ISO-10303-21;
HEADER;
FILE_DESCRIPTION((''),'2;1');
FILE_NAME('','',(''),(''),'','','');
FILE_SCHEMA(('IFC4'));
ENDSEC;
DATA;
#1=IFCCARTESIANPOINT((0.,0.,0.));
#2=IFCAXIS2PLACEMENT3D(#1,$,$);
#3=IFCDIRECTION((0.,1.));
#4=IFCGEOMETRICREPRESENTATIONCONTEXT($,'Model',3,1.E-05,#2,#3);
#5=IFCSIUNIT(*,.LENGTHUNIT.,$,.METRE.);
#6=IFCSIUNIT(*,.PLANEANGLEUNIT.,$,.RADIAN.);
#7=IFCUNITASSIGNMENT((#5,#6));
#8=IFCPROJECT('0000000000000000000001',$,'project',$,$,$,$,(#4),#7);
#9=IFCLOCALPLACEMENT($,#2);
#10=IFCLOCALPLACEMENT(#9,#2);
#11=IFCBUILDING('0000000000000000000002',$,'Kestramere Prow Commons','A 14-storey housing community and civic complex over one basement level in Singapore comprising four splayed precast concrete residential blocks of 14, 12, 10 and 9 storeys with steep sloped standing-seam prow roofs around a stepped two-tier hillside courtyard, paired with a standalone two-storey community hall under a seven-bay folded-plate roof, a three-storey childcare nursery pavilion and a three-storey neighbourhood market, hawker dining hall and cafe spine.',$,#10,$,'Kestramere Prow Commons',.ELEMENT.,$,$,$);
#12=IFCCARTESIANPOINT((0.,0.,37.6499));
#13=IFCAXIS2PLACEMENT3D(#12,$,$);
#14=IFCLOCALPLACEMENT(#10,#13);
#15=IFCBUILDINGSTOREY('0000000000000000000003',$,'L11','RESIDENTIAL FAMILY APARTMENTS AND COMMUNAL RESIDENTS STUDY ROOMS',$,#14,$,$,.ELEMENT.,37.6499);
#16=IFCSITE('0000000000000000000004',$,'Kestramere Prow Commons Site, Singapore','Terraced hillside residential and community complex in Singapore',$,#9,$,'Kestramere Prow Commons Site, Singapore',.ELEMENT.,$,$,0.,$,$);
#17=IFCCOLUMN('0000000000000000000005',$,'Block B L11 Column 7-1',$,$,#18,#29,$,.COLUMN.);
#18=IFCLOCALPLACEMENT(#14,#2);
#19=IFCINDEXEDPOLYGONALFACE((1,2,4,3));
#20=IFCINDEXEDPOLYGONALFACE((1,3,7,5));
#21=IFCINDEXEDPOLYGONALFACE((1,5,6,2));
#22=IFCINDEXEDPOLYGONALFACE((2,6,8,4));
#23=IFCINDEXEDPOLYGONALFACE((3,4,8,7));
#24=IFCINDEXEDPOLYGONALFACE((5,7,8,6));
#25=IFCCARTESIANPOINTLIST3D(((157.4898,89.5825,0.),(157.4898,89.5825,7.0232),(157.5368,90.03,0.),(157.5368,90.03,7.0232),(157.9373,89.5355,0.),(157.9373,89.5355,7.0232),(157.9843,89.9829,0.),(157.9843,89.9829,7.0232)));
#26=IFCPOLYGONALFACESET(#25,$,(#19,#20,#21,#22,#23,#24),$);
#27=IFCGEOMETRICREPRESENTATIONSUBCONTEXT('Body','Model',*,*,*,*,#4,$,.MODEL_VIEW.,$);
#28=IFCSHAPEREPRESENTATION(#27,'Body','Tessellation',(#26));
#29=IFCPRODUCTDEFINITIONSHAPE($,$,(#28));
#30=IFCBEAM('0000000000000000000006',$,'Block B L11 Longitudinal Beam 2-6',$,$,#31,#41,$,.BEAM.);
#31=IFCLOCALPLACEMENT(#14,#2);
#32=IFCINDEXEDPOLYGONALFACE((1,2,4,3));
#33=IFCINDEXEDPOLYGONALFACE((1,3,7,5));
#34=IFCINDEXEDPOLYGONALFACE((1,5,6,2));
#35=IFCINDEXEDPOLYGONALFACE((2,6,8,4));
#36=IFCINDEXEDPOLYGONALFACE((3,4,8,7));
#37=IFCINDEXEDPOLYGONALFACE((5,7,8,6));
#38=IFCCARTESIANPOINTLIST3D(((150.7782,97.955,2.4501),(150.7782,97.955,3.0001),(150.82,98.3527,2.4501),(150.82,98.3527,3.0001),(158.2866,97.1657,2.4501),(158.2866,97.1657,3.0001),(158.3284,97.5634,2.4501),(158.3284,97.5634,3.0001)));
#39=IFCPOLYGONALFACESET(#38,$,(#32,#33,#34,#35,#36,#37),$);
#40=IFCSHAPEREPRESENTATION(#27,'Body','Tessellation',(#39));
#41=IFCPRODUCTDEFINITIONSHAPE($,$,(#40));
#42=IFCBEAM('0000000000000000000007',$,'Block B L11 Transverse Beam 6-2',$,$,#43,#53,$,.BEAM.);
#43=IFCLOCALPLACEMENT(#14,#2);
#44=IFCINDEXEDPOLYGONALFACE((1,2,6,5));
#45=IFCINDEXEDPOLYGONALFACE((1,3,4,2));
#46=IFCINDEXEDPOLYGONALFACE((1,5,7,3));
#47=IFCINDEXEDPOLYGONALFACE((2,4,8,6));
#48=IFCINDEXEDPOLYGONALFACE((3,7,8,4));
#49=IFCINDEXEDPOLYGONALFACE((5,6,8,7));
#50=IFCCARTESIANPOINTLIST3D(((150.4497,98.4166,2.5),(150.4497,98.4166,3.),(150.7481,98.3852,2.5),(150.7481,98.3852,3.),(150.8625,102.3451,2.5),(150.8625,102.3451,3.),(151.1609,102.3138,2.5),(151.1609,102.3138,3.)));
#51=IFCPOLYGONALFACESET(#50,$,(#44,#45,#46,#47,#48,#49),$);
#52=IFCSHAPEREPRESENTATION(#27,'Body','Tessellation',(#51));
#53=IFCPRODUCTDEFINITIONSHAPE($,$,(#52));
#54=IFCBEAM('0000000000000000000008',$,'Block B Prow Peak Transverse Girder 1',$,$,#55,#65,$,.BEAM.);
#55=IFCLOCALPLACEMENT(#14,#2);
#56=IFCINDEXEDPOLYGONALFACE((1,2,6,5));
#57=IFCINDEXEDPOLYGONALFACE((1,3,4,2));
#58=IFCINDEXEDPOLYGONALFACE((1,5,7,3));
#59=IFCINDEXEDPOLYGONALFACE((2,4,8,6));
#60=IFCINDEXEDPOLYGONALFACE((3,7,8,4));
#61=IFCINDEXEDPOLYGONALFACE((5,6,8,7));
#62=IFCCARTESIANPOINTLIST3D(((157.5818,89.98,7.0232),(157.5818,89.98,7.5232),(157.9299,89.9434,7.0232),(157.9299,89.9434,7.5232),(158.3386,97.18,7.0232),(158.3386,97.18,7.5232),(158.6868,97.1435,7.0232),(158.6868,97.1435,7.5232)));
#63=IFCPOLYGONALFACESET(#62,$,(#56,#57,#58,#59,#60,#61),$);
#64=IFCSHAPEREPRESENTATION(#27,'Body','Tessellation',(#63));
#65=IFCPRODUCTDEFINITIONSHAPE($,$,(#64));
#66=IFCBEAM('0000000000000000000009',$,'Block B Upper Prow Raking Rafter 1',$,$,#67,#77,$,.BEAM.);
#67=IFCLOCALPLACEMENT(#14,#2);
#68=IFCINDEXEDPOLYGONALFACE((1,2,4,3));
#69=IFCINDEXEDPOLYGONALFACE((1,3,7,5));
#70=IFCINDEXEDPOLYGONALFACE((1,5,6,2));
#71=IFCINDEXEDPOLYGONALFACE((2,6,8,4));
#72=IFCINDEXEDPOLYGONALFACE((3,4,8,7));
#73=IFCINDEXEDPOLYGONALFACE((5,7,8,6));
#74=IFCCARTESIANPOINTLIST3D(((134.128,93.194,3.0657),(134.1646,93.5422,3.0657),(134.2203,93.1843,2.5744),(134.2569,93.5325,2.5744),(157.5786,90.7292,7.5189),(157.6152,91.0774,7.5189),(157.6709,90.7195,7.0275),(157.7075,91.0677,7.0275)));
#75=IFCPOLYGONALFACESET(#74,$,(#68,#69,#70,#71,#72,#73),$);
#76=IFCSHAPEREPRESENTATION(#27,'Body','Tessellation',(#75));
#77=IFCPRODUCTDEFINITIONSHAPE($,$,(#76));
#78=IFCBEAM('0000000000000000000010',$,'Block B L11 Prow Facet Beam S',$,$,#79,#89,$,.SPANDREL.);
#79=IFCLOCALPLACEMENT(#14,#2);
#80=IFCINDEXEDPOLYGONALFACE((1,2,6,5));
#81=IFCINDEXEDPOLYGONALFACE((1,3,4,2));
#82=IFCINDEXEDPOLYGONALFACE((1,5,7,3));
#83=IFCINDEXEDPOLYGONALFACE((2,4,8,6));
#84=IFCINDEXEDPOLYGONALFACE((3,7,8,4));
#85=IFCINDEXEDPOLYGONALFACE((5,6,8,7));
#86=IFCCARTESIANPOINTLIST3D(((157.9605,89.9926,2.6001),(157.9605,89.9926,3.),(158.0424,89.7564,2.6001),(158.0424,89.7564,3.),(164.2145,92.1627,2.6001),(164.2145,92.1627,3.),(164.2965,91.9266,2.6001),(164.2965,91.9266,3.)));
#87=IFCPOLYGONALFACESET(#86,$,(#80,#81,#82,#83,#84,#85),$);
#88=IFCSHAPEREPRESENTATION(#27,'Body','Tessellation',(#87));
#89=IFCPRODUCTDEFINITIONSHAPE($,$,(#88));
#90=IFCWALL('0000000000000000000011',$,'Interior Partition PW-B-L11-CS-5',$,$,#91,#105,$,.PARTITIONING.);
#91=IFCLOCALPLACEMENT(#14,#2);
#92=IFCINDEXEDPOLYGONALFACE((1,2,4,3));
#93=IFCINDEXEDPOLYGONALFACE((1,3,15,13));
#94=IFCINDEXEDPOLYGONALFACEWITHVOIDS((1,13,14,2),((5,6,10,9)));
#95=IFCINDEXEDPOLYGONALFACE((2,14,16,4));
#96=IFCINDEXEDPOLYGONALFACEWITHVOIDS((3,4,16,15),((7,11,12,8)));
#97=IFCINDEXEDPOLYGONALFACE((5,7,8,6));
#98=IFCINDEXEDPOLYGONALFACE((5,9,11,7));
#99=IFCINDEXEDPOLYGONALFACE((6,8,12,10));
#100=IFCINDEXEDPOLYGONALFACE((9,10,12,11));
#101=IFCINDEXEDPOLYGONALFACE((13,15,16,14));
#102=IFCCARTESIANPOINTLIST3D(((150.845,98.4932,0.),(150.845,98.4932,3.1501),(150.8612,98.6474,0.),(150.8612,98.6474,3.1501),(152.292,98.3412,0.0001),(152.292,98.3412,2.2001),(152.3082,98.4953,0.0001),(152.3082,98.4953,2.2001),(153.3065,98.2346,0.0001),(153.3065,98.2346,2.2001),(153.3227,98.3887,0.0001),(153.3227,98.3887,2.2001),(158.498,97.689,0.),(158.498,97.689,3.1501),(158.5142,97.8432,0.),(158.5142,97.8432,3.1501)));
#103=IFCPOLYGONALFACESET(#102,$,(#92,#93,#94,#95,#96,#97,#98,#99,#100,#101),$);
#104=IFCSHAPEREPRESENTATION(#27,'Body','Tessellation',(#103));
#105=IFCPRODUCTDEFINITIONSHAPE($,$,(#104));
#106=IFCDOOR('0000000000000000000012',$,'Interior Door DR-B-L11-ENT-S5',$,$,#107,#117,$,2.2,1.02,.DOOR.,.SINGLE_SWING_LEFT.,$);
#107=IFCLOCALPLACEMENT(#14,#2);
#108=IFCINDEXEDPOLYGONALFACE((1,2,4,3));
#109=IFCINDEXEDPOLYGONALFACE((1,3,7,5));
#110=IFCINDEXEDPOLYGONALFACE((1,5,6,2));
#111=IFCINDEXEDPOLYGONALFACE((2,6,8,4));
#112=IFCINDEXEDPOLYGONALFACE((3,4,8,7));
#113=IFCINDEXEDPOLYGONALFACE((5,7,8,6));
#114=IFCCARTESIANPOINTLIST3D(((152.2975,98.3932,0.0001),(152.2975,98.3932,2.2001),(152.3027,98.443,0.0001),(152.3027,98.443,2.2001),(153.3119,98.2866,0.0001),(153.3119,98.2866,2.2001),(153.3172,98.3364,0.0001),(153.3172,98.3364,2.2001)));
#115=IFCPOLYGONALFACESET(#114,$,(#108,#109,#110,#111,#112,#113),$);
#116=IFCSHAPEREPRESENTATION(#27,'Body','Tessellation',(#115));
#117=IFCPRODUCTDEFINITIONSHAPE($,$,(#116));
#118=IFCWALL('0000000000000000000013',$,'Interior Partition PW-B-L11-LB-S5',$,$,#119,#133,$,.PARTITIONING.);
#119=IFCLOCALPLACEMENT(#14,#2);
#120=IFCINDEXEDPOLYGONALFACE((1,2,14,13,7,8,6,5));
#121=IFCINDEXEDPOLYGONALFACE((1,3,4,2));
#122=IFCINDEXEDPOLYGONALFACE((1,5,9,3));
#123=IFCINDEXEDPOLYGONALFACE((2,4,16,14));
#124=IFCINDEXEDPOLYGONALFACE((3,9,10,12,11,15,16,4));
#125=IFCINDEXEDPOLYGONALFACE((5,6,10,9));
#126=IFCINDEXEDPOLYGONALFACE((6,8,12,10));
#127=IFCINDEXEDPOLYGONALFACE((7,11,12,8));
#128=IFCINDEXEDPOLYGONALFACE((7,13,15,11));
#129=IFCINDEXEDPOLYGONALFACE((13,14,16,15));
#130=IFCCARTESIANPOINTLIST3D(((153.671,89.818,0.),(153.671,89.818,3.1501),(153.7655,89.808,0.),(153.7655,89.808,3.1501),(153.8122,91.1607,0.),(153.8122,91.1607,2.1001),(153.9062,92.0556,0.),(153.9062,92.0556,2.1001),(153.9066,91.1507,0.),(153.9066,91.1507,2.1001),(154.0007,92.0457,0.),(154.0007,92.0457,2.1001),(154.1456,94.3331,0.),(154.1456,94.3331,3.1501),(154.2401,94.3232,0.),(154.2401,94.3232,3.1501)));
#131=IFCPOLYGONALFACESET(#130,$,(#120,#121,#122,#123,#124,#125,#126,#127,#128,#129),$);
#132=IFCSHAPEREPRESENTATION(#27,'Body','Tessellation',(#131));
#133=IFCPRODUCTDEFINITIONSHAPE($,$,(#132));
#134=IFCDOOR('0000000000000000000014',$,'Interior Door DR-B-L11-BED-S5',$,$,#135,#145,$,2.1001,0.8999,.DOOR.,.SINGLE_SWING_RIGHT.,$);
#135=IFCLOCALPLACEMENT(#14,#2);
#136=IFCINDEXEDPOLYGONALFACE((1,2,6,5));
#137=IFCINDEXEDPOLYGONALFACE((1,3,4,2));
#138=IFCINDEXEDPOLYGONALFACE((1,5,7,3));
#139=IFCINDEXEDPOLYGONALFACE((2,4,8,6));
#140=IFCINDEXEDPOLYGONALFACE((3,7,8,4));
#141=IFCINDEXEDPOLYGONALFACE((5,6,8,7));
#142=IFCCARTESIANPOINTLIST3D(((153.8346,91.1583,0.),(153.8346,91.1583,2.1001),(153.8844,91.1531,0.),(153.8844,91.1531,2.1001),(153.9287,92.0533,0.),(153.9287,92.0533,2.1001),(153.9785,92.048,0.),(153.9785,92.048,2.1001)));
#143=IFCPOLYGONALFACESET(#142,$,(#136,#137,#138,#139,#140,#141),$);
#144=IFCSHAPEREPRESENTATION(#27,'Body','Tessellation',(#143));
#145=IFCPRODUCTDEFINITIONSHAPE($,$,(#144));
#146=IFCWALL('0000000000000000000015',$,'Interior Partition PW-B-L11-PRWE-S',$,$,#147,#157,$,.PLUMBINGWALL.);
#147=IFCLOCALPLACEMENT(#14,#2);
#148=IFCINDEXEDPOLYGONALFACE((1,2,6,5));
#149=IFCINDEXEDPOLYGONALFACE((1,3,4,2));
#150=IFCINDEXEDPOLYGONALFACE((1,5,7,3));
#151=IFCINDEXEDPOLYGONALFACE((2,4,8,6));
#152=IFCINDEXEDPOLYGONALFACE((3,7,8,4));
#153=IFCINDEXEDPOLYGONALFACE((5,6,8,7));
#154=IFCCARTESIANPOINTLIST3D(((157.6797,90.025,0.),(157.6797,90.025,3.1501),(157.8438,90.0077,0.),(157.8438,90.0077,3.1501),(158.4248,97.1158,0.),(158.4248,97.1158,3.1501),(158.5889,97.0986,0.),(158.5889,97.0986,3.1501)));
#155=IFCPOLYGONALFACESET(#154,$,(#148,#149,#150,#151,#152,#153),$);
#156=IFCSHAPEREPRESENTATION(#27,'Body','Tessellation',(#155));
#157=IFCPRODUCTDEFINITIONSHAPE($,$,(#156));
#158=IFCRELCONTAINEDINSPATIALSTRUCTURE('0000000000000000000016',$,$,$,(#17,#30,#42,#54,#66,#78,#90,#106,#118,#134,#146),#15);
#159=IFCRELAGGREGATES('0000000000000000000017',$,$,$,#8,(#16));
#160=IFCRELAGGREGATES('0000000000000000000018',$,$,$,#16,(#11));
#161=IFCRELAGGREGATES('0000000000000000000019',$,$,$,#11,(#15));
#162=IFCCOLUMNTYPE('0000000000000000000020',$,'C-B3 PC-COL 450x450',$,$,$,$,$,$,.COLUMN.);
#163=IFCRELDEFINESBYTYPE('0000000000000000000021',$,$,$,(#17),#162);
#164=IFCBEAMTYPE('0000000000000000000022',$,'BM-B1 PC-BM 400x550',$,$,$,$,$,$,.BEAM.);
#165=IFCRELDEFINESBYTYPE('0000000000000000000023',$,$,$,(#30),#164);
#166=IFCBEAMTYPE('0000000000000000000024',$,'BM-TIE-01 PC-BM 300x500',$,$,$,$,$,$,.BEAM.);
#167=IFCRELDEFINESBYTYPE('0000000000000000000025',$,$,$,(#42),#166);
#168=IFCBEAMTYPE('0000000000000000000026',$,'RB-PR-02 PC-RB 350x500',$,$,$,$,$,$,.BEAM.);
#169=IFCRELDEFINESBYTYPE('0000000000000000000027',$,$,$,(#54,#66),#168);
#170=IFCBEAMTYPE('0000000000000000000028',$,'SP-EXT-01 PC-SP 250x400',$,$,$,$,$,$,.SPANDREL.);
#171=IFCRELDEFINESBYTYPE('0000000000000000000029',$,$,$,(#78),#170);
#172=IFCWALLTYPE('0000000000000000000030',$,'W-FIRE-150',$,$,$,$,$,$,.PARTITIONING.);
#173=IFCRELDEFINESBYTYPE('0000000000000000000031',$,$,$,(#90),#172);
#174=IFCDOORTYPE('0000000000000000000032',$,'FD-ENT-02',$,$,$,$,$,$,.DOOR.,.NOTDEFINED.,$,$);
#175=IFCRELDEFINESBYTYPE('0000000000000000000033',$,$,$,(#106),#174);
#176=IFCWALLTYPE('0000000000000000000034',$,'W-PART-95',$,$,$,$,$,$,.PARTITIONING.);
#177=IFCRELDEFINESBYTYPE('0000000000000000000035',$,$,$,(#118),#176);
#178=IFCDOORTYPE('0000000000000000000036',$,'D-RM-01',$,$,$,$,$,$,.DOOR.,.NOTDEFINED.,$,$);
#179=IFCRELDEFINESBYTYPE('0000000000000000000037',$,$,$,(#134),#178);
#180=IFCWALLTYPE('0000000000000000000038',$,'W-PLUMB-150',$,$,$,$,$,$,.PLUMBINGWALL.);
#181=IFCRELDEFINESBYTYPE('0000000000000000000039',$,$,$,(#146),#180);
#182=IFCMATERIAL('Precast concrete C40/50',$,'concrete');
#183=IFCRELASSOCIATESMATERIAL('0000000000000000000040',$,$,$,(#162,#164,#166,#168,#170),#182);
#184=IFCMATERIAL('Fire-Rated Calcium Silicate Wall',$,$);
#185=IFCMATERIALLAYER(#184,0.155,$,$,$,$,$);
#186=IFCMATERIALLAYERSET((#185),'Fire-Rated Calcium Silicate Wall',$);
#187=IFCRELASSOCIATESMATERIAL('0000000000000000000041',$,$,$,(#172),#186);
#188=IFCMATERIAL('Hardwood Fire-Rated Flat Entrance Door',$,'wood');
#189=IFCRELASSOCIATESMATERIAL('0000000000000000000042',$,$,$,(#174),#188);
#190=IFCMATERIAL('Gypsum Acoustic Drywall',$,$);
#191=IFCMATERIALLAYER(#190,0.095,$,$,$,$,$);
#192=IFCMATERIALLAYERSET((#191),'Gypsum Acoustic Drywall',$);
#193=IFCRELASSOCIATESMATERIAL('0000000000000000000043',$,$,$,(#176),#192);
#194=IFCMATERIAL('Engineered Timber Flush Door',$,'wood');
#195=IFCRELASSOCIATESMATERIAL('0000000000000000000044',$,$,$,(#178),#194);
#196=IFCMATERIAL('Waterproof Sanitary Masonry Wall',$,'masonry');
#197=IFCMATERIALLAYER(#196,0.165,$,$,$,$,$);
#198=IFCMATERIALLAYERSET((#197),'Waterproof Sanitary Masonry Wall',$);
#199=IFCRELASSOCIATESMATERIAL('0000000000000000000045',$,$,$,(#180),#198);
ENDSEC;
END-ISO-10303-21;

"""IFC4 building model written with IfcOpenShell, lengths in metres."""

from ifc_helpers import new_model, si_unit, direction, frame, frame_2d, origin, origin_2d, place, context, subcontext, project, spatial, rectangle, extrude, material, layer, layer_set, material_profile, profile_set, type_object, element, fill, save


model = new_model("IFC4")

# Units and contexts
model_context = context("Model", 3, precision=1e-05, world=origin(), true_north=direction((0.0, 1.0)))
body_context = subcontext(model_context, "Body", "Model", "MODEL_VIEW")
ifc_project = project(units=[si_unit("LENGTHUNIT", "METRE"), si_unit("PLANEANGLEUNIT", "RADIAN")], contexts=[model_context])

# Site, building, storey
site_placement = place(None, origin())
site = spatial("IfcSite", under=ifc_project, at=site_placement, Name="Kestramere Prow Commons Site, Singapore", Description="Terraced hillside residential and community complex in Singapore", LongName="Kestramere Prow Commons Site, Singapore", CompositionType="ELEMENT", RefElevation=0.0)
building_placement = place(site_placement, origin())
building = spatial("IfcBuilding", under=site, at=building_placement, Name="Kestramere Prow Commons", Description="A 14-storey housing community and civic complex over one basement level in Singapore comprising four splayed precast concrete residential blocks of 14, 12, 10 and 9 storeys with steep sloped standing-seam prow roofs around a stepped two-tier hillside courtyard, paired with a standalone two-storey community hall under a seven-bay folded-plate roof, a three-storey childcare nursery pavilion and a three-storey neighbourhood market, hawker dining hall and cafe spine.", LongName="Kestramere Prow Commons", CompositionType="ELEMENT")
storey_placement = place(building_placement, frame((0.0, 0.0, 37.6499)))
storey = spatial("IfcBuildingStorey", under=building, at=storey_placement, Name="L11", Description="RESIDENTIAL FAMILY APARTMENTS AND COMMUNAL RESIDENTS STUDY ROOMS", CompositionType="ELEMENT", Elevation=37.6499)

# Column
ifc_material_1 = material(Name="Precast concrete C40/50", Category="concrete")
ifc_material_profile_1 = material_profile(ifc_material_1, rectangle(XDim=0.45, YDim=0.45, at=origin_2d()), Name="PC-COL 450x450")
ifc_profile_set_1 = profile_set([ifc_material_profile_1], Name="Precast concrete C40/50")
column_type = type_object("IfcColumnType", Name="C-B3 PC-COL 450x450", PredefinedType="COLUMN", material=ifc_profile_set_1)
column_placement = place(storey_placement, frame((157.7371, 89.7827, 0.0), z_axis=(0.0, 0.0, 1.0), x_axis=(0.994522, -0.104528, 0.0)))
element("IfcColumn", 1, at=column_placement, inside=storey, type_object=column_type, Name="Block B L11 Column 7-1", PredefinedType="COLUMN", context=body_context, shape_type="SweptSolid", body=[
    extrude(rectangle(XDim=0.45, YDim=0.45, at=origin_2d()), origin(), (0.0, 0.0, 1.0), 7.0232),
])

# Beams
ifc_material_profile_2 = material_profile(ifc_material_1, rectangle(XDim=0.3999, YDim=0.55, at=origin_2d()), Name="PC-BM 400x550")
ifc_profile_set_2 = profile_set([ifc_material_profile_2], Name="Precast concrete C40/50")
beam_type_1 = type_object("IfcBeamType", Name="BM-B1 PC-BM 400x550", PredefinedType="BEAM", material=ifc_profile_set_2)
beam_1_placement = place(storey_placement, frame((150.7991, 98.1538, 2.7251), z_axis=(0.99452, -0.104545, 0.0), x_axis=(0.104545, 0.99452, 0.0)))
element("IfcBeam", 2, at=beam_1_placement, inside=storey, type_object=beam_type_1, Name="Block B L11 Longitudinal Beam 2-6", PredefinedType="BEAM", context=body_context, shape_type="SweptSolid", body=[
    extrude(rectangle(XDim=0.3999, YDim=0.55, at=origin_2d()), origin(), (0.0, 0.0, 1.0), 7.5498),
])
ifc_material_profile_3 = material_profile(ifc_material_1, rectangle(XDim=0.3, YDim=0.5, at=origin_2d()), Name="PC-BM 300x500")
ifc_profile_set_3 = profile_set([ifc_material_profile_3], Name="Precast concrete C40/50")
beam_type_2 = type_object("IfcBeamType", Name="BM-TIE-01 PC-BM 300x500", PredefinedType="BEAM", material=ifc_profile_set_3)
beam_2_placement = place(storey_placement, frame((150.5989, 98.4009, 2.75), z_axis=(0.104514, 0.994523, 0.0), x_axis=(-0.994523, 0.104514, 0.0)))
element("IfcBeam", 3, at=beam_2_placement, inside=storey, type_object=beam_type_2, Name="Block B L11 Transverse Beam 6-2", PredefinedType="BEAM", context=body_context, shape_type="SweptSolid", body=[
    extrude(rectangle(XDim=0.3, YDim=0.5, at=origin_2d()), origin(), (0.0, 0.0, 1.0), 3.9502),
])
ifc_material_profile_4 = material_profile(ifc_material_1, rectangle(XDim=0.3501, YDim=0.5, at=origin_2d()), Name="PC-RB 350x500")
ifc_profile_set_4 = profile_set([ifc_material_profile_4], Name="Precast concrete C40/50")
beam_type_3 = type_object("IfcBeamType", Name="RB-PR-02 PC-RB 350x500", PredefinedType="BEAM", material=ifc_profile_set_4)
beam_3_placement = place(storey_placement, frame((157.7559, 89.9617, 7.2732), z_axis=(0.104537, 0.994521, 0.0), x_axis=(-0.994521, 0.104537, 0.0)))
element("IfcBeam", 4, at=beam_3_placement, inside=storey, type_object=beam_type_3, Name="Block B Prow Peak Transverse Girder 1", PredefinedType="BEAM", context=body_context, shape_type="SweptSolid", body=[
    extrude(rectangle(XDim=0.3501, YDim=0.5, at=origin_2d()), origin(), (0.0, 0.0, 1.0), 7.2397),
])
beam_4_placement = place(storey_placement, frame((157.6431, 90.8984, 7.2732), z_axis=(-0.977247, 0.102716, -0.185573), x_axis=(-0.104532, -0.994522, 0.0)))
element("IfcBeam", 5, at=beam_4_placement, inside=storey, type_object=beam_type_3, Name="Block B Upper Prow Raking Rafter 1", PredefinedType="BEAM", context=body_context, shape_type="SweptSolid", body=[
    extrude(rectangle(XDim=0.3501, YDim=0.5, at=origin_2d()), origin(), (0.0, 0.0, 1.0), 23.9966),
])
ifc_material_profile_5 = material_profile(ifc_material_1, rectangle(XDim=0.25, YDim=0.3999, at=origin_2d()), Name="PC-SP 250x400")
ifc_profile_set_5 = profile_set([ifc_material_profile_5], Name="Precast concrete C40/50")
beam_type_4 = type_object("IfcBeamType", Name="SP-EXT-01 PC-SP 250x400", PredefinedType="SPANDREL", material=ifc_profile_set_5)
beam_5_placement = place(storey_placement, frame((158.0015, 89.8745, 2.8), z_axis=(0.94474, 0.327821, 0.0), x_axis=(-0.327821, 0.94474, 0.0)))
element("IfcBeam", 6, at=beam_5_placement, inside=storey, type_object=beam_type_4, Name="Block B L11 Prow Facet Beam S", PredefinedType="SPANDREL", context=body_context, shape_type="SweptSolid", body=[
    extrude(rectangle(XDim=0.25, YDim=0.3999, at=origin_2d()), origin(), (0.0, 0.0, 1.0), 6.6199),
])

# Walls, openings, doors
ifc_material_2 = material(Name="Fire-Rated Calcium Silicate Wall")
ifc_layer_1 = layer(ifc_material_2, 0.155)
ifc_layer_set_1 = layer_set([ifc_layer_1], Name="Fire-Rated Calcium Silicate Wall")
wall_type_1 = type_object("IfcWallType", Name="W-FIRE-150", PredefinedType="PARTITIONING", material=ifc_layer_set_1)
wall_1_placement = place(storey_placement, frame((150.853, 98.5703, 0.0), z_axis=(0.0, 0.0, 1.0), x_axis=(0.994524, -0.10451, 0.0)))
wall_1 = element("IfcWall", 7, at=wall_1_placement, inside=storey, type_object=wall_type_1, Name="Interior Partition PW-B-L11-CS-5", PredefinedType="PARTITIONING", context=body_context, shape_type="SweptSolid", body=[
    extrude(rectangle(XDim=7.6951, YDim=0.155, at=frame_2d((3.8477, 0.0))), origin(), (0.0, 0.0, 1.0), 3.1501),
])
opening_1_placement = place(wall_1_placement, frame((1.4551, 0.0, 0.0)))
opening_1 = element("IfcOpeningElement", 8, at=opening_1_placement, cuts=wall_1, PredefinedType="OPENING", context=body_context, shape_type="SweptSolid", body=[
    extrude(rectangle(XDim=1.02, YDim=2.2, at=frame_2d((0.51, 1.1001))), frame((0.0, 0.0925, 0.0), z_axis=(0.0, -1.0, 0.0), x_axis=(1.0, 0.0, 0.0)), (0.0, 0.0, 1.0), 0.1851),
])
ifc_material_3 = material(Name="Hardwood Fire-Rated Flat Entrance Door", Category="wood")
door_type_1 = type_object("IfcDoorType", Name="FD-ENT-02", OperationType="NOTDEFINED", PredefinedType="DOOR", material=ifc_material_3)
door_1_placement = place(opening_1_placement, origin())
door_1 = element("IfcDoor", 9, at=door_1_placement, inside=storey, type_object=door_type_1, Name="Interior Door DR-B-L11-ENT-S5", OperationType="SINGLE_SWING_LEFT", OverallHeight=2.2, OverallWidth=1.02, PredefinedType="DOOR", context=body_context, shape_type="SweptSolid", body=[
    extrude(rectangle(XDim=1.02, YDim=2.2, at=frame_2d((0.51, 1.1001))), frame((0.0, 0.0249, 0.0), z_axis=(0.0, -1.0, 0.0), x_axis=(1.0, 0.0, 0.0)), (0.0, 0.0, 1.0), 0.05),
])
fill(opening_1, door_1)
ifc_material_4 = material(Name="Gypsum Acoustic Drywall")
ifc_layer_2 = layer(ifc_material_4, 0.095)
ifc_layer_set_2 = layer_set([ifc_layer_2], Name="Gypsum Acoustic Drywall")
wall_type_2 = type_object("IfcWallType", Name="W-PART-95", PredefinedType="PARTITIONING", material=ifc_layer_set_2)
wall_2_placement = place(storey_placement, frame((153.7183, 89.813, 0.0), z_axis=(0.0, 0.0, 1.0), x_axis=(0.104539, 0.994521, 0.0)))
wall_2 = element("IfcWall", 10, at=wall_2_placement, inside=storey, type_object=wall_type_2, Name="Interior Partition PW-B-L11-LB-S5", PredefinedType="PARTITIONING", context=body_context, shape_type="SweptSolid", body=[
    extrude(rectangle(XDim=4.54, YDim=0.095, at=frame_2d((2.27, 0.0))), origin(), (0.0, 0.0, 1.0), 3.1501),
])
opening_2_placement = place(wall_2_placement, frame((1.3501, 0.0, 0.0)))
opening_2 = element("IfcOpeningElement", 11, at=opening_2_placement, cuts=wall_2, PredefinedType="OPENING", context=body_context, shape_type="SweptSolid", body=[
    extrude(rectangle(XDim=0.8999, YDim=2.1001, at=frame_2d((0.45, 1.05))), frame((0.0, 0.0625, 0.0), z_axis=(0.0, -1.0, 0.0), x_axis=(1.0, 0.0, 0.0)), (0.0, 0.0, 1.0), 0.125),
])
ifc_material_5 = material(Name="Engineered Timber Flush Door", Category="wood")
door_type_2 = type_object("IfcDoorType", Name="D-RM-01", OperationType="NOTDEFINED", PredefinedType="DOOR", material=ifc_material_5)
door_2_placement = place(opening_2_placement, origin())
door_2 = element("IfcDoor", 12, at=door_2_placement, inside=storey, type_object=door_type_2, Name="Interior Door DR-B-L11-BED-S5", OperationType="SINGLE_SWING_RIGHT", OverallHeight=2.1001, OverallWidth=0.8999, PredefinedType="DOOR", context=body_context, shape_type="SweptSolid", body=[
    extrude(rectangle(XDim=0.8999, YDim=2.1001, at=frame_2d((0.45, 1.05))), frame((0.0, 0.0249, 0.0), z_axis=(0.0, -1.0, 0.0), x_axis=(1.0, 0.0, 0.0)), (0.0, 0.0, 1.0), 0.05),
])
fill(opening_2, door_2)

# Wall
ifc_material_6 = material(Name="Waterproof Sanitary Masonry Wall", Category="masonry")
ifc_layer_3 = layer(ifc_material_6, 0.165)
ifc_layer_set_3 = layer_set([ifc_layer_3], Name="Waterproof Sanitary Masonry Wall")
wall_type_3 = type_object("IfcWallType", Name="W-PLUMB-150", PredefinedType="PLUMBINGWALL", material=ifc_layer_set_3)
wall_3_placement = place(storey_placement, frame((157.7617, 90.0164, 0.0), z_axis=(0.0, 0.0, 1.0), x_axis=(0.104507, 0.994524, 0.0)))
element("IfcWall", 13, at=wall_3_placement, inside=storey, type_object=wall_type_3, Name="Interior Partition PW-B-L11-PRWE-S", PredefinedType="PLUMBINGWALL", context=body_context, shape_type="SweptSolid", body=[
    extrude(rectangle(XDim=7.1299, YDim=0.165, at=frame_2d((3.5649, 0.0))), origin(), (0.0, 0.0, 1.0), 3.1501),
])

save(model, "model.ifc")
